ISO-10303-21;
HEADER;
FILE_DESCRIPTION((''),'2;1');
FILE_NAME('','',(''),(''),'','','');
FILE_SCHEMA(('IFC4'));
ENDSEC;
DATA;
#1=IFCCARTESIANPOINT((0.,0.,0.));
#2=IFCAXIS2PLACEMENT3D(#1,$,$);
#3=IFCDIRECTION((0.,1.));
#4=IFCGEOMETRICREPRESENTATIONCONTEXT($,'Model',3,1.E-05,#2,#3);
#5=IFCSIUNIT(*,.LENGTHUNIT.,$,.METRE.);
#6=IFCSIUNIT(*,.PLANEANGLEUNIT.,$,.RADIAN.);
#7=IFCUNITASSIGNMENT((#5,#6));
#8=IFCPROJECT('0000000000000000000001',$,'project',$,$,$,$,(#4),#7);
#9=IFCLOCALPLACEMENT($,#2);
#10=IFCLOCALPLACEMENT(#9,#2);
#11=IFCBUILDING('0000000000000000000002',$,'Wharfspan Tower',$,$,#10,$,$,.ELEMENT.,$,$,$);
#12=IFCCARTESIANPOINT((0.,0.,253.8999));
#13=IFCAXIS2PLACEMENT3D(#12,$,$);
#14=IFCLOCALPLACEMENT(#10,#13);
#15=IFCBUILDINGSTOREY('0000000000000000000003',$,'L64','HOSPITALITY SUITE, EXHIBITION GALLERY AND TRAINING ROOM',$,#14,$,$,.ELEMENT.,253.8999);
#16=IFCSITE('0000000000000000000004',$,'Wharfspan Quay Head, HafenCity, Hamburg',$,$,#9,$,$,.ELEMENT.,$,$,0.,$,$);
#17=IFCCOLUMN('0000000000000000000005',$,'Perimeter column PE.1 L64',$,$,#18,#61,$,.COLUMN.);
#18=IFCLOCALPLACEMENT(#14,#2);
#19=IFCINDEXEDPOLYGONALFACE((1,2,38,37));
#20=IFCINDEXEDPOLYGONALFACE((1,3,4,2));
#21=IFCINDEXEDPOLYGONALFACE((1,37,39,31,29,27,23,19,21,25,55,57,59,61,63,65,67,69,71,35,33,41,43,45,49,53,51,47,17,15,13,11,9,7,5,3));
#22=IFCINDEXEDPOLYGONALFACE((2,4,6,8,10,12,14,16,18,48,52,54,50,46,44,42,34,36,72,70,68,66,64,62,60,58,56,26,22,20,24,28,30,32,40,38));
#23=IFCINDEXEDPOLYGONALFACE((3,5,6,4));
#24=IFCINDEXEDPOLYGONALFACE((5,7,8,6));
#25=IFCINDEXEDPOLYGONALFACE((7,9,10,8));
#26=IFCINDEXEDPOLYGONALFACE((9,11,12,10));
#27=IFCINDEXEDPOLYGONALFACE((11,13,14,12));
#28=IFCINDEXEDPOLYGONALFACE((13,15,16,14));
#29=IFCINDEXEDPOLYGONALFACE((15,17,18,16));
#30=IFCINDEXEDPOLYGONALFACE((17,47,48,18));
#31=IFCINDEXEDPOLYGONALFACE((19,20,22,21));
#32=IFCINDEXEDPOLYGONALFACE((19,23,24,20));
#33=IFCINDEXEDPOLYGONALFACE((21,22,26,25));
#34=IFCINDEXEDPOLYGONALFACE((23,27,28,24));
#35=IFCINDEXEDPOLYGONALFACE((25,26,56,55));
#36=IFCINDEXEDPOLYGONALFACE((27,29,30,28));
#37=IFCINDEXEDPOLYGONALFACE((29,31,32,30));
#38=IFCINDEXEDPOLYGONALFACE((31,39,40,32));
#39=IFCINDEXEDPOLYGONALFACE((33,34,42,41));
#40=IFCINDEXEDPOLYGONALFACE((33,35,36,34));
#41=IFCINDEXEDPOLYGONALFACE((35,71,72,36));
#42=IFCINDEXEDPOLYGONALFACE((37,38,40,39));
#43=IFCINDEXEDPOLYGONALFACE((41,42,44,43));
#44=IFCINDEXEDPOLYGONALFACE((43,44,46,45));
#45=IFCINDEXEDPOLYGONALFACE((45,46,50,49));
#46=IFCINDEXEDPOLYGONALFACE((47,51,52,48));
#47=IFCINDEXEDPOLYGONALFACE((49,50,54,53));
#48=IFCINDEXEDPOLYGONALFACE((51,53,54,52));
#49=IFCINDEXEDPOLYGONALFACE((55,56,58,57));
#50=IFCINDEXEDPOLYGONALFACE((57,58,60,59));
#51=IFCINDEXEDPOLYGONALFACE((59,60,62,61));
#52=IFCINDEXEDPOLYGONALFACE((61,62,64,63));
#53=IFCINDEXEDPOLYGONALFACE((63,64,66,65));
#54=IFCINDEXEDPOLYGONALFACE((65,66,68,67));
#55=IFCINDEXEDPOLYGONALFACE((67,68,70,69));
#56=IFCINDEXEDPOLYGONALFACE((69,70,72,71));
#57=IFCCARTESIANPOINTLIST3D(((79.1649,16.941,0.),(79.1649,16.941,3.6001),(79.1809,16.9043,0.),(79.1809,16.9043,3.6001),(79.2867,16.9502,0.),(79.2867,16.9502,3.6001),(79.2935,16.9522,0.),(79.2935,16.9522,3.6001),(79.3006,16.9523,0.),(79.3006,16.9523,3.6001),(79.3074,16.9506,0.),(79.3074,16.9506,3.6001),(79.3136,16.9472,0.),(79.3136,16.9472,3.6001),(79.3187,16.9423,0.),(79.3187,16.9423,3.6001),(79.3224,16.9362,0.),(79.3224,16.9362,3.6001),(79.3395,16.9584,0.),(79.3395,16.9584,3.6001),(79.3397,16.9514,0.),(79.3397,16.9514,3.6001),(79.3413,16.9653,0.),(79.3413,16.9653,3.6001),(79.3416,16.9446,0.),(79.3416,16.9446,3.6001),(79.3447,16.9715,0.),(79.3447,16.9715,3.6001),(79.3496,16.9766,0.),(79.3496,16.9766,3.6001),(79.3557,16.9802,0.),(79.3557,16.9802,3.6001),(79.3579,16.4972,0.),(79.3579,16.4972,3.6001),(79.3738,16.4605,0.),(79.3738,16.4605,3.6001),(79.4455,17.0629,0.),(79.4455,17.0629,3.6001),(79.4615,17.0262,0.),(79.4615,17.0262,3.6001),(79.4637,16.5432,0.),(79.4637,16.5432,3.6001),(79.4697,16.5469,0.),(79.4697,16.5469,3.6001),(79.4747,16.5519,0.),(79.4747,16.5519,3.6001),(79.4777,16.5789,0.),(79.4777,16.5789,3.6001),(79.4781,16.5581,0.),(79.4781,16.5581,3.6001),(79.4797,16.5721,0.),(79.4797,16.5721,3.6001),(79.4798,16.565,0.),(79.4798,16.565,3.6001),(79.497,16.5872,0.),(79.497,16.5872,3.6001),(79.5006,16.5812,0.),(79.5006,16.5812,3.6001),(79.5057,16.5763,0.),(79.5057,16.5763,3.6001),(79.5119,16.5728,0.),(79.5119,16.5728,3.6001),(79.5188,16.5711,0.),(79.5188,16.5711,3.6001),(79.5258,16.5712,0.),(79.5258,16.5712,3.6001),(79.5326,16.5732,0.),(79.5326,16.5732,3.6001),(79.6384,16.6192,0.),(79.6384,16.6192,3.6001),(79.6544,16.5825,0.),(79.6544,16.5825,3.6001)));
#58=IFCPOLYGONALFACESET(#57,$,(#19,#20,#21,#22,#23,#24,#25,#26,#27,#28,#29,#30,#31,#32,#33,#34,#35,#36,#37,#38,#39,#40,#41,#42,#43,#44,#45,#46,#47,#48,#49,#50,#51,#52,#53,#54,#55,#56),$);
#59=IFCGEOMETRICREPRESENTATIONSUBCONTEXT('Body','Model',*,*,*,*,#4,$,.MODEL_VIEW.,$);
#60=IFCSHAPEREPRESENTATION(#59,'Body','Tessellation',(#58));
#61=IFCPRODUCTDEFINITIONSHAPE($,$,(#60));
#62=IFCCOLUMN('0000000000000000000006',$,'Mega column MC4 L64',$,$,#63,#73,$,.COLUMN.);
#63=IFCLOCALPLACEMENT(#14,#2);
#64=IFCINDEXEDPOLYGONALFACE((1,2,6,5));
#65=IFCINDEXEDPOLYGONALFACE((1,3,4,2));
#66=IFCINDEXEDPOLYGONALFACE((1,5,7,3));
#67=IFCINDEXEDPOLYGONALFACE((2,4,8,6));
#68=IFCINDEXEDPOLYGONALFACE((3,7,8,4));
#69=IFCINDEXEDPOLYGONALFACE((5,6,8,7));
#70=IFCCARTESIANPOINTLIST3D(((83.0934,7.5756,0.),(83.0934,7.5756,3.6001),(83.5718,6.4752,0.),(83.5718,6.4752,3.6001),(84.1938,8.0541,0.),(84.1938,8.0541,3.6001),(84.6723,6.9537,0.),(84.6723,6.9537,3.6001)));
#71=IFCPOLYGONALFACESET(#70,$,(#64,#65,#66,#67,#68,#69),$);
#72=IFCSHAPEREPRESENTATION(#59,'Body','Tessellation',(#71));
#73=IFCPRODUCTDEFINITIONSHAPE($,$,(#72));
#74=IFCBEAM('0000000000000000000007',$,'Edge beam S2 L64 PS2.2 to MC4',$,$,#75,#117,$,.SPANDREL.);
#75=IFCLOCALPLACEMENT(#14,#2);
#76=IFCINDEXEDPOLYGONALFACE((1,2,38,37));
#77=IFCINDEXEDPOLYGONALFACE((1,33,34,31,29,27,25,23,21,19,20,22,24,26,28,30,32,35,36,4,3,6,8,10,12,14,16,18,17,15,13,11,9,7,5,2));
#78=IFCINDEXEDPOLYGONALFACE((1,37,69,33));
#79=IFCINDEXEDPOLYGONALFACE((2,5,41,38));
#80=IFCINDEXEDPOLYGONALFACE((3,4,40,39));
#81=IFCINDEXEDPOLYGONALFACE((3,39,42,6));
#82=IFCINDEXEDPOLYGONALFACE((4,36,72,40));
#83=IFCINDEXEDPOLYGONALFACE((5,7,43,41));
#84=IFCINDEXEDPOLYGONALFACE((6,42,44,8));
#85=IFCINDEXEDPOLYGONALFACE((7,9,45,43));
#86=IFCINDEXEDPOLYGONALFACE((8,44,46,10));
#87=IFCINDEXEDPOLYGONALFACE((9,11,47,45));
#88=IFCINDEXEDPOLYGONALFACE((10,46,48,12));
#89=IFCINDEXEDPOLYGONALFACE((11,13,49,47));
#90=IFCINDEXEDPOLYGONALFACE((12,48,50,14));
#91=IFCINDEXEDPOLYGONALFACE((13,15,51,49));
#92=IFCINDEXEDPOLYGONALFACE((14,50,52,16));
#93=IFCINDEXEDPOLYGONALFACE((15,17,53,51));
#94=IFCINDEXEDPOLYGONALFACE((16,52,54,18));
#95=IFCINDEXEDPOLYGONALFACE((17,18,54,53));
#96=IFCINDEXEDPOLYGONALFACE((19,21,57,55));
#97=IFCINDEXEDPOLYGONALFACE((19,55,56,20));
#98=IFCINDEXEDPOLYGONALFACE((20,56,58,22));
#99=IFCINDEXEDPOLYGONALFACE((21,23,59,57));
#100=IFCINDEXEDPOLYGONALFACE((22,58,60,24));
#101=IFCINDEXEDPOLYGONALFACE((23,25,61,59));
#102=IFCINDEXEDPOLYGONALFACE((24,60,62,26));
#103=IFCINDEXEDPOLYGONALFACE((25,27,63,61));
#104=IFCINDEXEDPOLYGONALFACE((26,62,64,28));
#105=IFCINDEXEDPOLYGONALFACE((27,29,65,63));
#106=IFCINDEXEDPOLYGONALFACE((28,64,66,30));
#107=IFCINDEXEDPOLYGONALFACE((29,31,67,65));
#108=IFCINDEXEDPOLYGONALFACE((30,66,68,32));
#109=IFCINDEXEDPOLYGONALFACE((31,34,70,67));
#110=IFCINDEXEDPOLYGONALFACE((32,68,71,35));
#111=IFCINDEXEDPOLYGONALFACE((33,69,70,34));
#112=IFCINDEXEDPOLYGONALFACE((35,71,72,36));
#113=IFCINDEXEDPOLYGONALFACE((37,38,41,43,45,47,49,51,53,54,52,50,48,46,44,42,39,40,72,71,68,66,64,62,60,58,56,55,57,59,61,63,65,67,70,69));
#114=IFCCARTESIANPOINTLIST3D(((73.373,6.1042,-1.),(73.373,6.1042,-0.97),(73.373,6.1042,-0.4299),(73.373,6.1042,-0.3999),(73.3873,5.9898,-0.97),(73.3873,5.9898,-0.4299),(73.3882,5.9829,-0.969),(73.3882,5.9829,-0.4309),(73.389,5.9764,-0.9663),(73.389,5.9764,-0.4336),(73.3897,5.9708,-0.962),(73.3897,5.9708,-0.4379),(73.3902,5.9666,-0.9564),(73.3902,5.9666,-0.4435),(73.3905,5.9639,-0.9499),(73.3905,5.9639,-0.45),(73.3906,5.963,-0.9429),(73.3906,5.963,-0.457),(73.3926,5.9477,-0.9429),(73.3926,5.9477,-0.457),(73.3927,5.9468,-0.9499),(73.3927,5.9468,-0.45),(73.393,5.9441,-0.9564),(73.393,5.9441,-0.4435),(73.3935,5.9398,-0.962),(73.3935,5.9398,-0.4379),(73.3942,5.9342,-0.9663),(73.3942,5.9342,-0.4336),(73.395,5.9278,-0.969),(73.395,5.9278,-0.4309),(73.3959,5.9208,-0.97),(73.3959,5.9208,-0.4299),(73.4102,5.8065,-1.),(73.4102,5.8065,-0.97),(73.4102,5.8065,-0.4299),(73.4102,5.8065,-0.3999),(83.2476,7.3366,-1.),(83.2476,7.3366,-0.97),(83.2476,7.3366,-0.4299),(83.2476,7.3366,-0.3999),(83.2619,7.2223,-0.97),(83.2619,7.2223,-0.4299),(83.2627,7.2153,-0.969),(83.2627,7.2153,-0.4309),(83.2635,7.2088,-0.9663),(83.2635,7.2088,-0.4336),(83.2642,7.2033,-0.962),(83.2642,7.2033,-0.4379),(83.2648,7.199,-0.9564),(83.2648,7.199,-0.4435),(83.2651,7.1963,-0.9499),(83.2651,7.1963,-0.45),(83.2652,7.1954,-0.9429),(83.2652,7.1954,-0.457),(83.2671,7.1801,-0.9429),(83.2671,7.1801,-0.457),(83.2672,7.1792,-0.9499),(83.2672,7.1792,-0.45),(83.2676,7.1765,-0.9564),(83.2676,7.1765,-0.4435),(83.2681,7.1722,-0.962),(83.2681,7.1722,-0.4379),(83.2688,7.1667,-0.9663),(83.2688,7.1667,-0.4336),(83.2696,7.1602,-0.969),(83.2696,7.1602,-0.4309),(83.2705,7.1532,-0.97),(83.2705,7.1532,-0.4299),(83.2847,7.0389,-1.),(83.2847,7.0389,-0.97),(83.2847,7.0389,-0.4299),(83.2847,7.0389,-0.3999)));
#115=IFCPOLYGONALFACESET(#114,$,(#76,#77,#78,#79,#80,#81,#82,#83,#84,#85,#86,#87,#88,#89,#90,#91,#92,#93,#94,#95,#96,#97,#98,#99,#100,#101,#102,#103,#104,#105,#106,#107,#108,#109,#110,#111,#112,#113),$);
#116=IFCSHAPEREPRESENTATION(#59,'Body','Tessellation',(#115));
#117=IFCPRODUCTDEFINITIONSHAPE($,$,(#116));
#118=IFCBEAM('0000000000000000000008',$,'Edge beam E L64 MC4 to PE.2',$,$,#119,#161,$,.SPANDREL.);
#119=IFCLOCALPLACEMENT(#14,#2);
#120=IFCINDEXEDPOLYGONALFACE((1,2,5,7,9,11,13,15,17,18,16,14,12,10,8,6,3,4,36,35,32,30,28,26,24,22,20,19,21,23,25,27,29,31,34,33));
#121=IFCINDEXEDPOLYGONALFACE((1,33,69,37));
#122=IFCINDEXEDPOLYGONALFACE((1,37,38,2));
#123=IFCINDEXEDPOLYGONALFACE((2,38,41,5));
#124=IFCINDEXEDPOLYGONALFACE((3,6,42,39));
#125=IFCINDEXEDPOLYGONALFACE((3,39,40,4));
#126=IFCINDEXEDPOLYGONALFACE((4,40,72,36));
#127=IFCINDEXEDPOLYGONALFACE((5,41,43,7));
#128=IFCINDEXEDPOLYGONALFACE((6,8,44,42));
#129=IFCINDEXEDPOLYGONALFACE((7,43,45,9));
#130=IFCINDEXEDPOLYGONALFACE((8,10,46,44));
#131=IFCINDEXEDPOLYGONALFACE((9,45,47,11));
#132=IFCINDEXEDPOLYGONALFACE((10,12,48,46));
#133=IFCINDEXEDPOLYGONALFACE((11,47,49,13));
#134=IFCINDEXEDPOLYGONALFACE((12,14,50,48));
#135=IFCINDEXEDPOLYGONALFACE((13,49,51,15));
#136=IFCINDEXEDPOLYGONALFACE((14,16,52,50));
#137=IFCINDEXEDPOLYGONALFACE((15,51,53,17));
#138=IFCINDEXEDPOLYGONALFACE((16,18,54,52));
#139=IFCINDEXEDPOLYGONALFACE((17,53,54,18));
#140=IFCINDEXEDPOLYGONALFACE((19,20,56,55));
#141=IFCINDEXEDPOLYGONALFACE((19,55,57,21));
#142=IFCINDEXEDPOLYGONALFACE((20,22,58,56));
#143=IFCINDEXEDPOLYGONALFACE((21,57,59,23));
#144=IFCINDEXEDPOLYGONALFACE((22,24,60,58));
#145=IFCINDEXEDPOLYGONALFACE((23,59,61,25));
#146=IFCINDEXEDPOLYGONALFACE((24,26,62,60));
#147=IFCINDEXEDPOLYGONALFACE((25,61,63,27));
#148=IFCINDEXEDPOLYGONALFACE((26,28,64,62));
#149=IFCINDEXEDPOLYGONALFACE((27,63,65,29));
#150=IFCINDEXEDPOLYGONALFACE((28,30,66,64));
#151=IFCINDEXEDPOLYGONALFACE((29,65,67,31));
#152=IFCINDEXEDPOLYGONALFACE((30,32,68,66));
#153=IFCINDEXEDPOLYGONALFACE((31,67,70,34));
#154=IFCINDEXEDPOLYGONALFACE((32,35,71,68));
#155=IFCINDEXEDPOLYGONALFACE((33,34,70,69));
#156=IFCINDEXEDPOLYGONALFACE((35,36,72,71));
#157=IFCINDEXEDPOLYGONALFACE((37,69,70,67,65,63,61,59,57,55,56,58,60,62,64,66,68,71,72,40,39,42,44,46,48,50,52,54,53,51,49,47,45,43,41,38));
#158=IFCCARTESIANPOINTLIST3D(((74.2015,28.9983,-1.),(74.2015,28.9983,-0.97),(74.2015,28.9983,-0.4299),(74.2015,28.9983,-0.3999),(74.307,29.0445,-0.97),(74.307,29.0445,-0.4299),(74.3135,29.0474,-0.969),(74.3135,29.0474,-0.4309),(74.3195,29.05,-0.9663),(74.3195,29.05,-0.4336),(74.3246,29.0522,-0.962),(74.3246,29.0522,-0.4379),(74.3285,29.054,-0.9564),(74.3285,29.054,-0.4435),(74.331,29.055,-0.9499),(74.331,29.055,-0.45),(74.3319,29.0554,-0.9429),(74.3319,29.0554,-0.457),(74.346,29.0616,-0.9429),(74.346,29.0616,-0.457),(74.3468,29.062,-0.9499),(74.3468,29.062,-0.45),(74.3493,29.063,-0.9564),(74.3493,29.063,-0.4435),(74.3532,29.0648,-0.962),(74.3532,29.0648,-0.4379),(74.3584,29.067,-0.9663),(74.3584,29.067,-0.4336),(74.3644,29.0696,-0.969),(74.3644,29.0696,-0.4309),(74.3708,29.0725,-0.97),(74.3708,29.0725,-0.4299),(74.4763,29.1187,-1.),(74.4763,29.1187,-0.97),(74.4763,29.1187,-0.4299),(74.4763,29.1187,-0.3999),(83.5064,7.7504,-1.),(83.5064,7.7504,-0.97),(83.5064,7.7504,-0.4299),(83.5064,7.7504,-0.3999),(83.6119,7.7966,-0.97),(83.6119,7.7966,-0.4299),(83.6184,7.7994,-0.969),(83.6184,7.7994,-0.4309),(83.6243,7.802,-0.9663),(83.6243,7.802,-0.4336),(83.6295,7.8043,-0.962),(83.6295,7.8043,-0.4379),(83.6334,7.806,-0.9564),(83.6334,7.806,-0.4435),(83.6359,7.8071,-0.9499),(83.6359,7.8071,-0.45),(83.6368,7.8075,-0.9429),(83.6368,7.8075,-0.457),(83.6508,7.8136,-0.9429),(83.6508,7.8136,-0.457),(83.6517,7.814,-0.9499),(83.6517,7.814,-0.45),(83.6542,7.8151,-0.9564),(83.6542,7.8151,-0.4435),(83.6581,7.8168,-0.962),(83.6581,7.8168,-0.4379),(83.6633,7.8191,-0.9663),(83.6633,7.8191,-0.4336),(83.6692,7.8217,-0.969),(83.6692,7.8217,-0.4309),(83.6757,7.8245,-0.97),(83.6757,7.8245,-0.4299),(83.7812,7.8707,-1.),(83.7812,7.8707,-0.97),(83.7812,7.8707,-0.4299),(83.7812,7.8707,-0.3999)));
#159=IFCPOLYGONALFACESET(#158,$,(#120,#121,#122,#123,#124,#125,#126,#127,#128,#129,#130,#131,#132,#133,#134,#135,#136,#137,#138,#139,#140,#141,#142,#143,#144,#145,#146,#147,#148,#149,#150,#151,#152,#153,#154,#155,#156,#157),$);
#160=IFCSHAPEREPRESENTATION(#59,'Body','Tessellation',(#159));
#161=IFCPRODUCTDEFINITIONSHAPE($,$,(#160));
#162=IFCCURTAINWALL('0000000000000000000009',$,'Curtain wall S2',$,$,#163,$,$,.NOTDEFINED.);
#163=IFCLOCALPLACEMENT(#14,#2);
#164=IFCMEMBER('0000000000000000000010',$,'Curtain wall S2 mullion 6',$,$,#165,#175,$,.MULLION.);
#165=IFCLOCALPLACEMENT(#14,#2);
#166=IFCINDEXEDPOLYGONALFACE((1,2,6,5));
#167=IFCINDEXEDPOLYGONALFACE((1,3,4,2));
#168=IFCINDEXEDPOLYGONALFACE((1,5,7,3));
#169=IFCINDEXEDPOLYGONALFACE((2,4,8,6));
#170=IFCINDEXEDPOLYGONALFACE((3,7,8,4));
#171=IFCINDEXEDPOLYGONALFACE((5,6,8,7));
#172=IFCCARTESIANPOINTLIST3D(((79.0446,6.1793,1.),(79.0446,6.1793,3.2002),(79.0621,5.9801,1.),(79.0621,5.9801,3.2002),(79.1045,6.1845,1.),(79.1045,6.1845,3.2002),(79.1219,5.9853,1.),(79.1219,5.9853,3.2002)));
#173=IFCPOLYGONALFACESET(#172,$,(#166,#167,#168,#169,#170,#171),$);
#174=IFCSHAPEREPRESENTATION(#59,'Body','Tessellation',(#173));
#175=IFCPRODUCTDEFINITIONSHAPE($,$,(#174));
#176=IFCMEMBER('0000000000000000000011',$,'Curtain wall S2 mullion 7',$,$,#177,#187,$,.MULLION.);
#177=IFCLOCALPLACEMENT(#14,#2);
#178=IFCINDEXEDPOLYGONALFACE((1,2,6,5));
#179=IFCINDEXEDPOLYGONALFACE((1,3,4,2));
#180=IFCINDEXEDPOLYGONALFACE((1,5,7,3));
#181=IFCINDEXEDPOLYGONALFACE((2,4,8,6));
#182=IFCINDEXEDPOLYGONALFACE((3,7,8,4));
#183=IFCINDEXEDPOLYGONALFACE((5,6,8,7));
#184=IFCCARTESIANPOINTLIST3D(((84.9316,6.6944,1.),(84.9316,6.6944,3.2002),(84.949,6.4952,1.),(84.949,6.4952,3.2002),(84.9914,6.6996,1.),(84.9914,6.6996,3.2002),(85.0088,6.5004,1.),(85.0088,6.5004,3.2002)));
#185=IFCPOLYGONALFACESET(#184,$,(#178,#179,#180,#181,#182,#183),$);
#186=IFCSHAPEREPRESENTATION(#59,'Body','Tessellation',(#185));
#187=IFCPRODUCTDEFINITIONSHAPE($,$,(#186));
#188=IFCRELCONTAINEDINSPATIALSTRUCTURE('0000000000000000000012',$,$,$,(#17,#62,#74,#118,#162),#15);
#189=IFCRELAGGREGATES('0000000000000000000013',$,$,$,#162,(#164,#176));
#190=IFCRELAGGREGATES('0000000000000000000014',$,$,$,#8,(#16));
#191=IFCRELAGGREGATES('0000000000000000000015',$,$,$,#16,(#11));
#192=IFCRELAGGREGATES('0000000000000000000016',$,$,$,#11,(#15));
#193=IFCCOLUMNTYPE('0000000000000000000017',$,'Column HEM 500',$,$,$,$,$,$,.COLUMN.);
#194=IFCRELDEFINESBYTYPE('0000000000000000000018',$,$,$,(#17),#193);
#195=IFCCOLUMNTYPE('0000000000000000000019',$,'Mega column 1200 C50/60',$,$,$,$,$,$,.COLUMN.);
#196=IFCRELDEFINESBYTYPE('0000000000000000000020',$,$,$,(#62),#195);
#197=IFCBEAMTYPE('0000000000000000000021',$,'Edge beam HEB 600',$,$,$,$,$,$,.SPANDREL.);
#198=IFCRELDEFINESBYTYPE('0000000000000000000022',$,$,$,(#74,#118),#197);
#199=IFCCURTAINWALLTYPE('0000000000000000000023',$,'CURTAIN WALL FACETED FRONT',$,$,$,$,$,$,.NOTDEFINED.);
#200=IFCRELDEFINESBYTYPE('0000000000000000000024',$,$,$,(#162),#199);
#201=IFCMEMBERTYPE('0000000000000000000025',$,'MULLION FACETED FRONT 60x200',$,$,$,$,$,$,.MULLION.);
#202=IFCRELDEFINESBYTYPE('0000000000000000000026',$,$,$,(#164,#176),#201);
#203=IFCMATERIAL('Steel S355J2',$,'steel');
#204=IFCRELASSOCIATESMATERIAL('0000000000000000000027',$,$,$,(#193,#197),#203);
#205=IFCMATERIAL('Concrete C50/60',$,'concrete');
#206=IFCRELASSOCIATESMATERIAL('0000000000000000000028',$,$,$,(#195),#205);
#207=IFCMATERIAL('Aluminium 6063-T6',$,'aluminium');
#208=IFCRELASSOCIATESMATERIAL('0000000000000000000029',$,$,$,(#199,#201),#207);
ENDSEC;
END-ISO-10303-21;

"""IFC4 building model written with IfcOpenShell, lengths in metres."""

from ifc_helpers import new_model, si_unit, direction, frame, origin, origin_2d, place, context, subcontext, project, spatial, rectangle, i_section, extrude, material, material_profile, profile_set, type_object, element, aggregate, save


model = new_model("IFC4")

# Units and contexts
model_context = context("Model", 3, precision=1e-05, world=origin(), true_north=direction((0.0, 1.0)))
body_context = subcontext(model_context, "Body", "Model", "MODEL_VIEW")
ifc_project = project(units=[si_unit("LENGTHUNIT", "METRE"), si_unit("PLANEANGLEUNIT", "RADIAN")], contexts=[model_context])

# Site, building, storey
site_placement = place(None, origin())
site = spatial("IfcSite", under=ifc_project, at=site_placement, Name="Wharfspan Quay Head, HafenCity, Hamburg", CompositionType="ELEMENT", RefElevation=0.0)
building_placement = place(site_placement, origin())
building = spatial("IfcBuilding", under=site, at=building_placement, Name="Wharfspan Tower", CompositionType="ELEMENT")
storey_placement = place(building_placement, frame((0.0, 0.0, 253.8999)))
storey = spatial("IfcBuildingStorey", under=building, at=storey_placement, Name="L64", Description="HOSPITALITY SUITE, EXHIBITION GALLERY AND TRAINING ROOM", CompositionType="ELEMENT", Elevation=253.8999)

# Columns
ifc_material_1 = material(Name="Steel S355J2", Category="steel")
ifc_material_profile_1 = material_profile(ifc_material_1, i_section(OverallWidth=0.3059, OverallDepth=0.5239, WebThickness=0.021, FlangeThickness=0.04, FilletRadius=0.0271, at=origin_2d()))
ifc_profile_set_1 = profile_set([ifc_material_profile_1], Name="Steel S355J2")
column_type_1 = type_object("IfcColumnType", Name="Column HEM 500", PredefinedType="COLUMN", material=ifc_profile_set_1)
column_1_placement = place(storey_placement, frame((79.4097, 16.7617, 0.0), z_axis=(0.0, 0.0, 1.0), x_axis=(0.917072, 0.398727, 0.0)))
element("IfcColumn", 1, at=column_1_placement, inside=storey, type_object=column_type_1, Name="Perimeter column PE.1 L64", PredefinedType="COLUMN", context=body_context, shape_type="SweptSolid", body=[
    extrude(i_section(OverallWidth=0.3059, OverallDepth=0.5239, WebThickness=0.021, FlangeThickness=0.04, FilletRadius=0.0271, at=origin_2d()), origin(), (0.0, 0.0, 1.0), 3.6001),
])
ifc_material_2 = material(Name="Concrete C50/60", Category="concrete")
ifc_material_profile_2 = material_profile(ifc_material_2, rectangle(XDim=1.2, YDim=1.2, at=origin_2d()))
ifc_profile_set_2 = profile_set([ifc_material_profile_2], Name="Concrete C50/60")
column_type_2 = type_object("IfcColumnType", Name="Mega column 1200 C50/60", PredefinedType="COLUMN", material=ifc_profile_set_2)
column_2_placement = place(storey_placement, frame((83.8828, 7.2646, 0.0), z_axis=(0.0, 0.0, 1.0), x_axis=(-0.398727, 0.917072, 0.0)))
element("IfcColumn", 2, at=column_2_placement, inside=storey, type_object=column_type_2, Name="Mega column MC4 L64", PredefinedType="COLUMN", context=body_context, shape_type="SweptSolid", body=[
    extrude(rectangle(XDim=1.2, YDim=1.2, at=origin_2d()), origin(), (0.0, 0.0, 1.0), 3.6001),
])

# Beams
ifc_material_profile_3 = material_profile(ifc_material_1, i_section(OverallWidth=0.3, OverallDepth=0.6001, WebThickness=0.0154, FlangeThickness=0.03, FilletRadius=0.0271, at=origin_2d()))
ifc_profile_set_3 = profile_set([ifc_material_profile_3], Name="Steel S355J2")
beam_type = type_object("IfcBeamType", Name="Edge beam HEB 600", PredefinedType="SPANDREL", material=ifc_profile_set_3)
beam_1_placement = place(storey_placement, frame((73.3916, 5.9553, -0.7), z_axis=(0.992301, 0.123848, 0.0), x_axis=(-0.123848, 0.992301, 0.0)))
element("IfcBeam", 3, at=beam_1_placement, inside=storey, type_object=beam_type, Name="Edge beam S2 L64 PS2.2 to MC4", PredefinedType="SPANDREL", context=body_context, shape_type="SweptSolid", body=[
    extrude(i_section(OverallWidth=0.3, OverallDepth=0.6001, WebThickness=0.0154, FlangeThickness=0.03, FilletRadius=0.0271, at=origin_2d()), origin(), (0.0, 0.0, 1.0), 9.9512),
])
beam_2_placement = place(storey_placement, frame((83.6438, 7.8105, -0.7), z_axis=(-0.401141, 0.916016, 0.0), x_axis=(-0.916016, -0.401141, 0.0)))
element("IfcBeam", 4, at=beam_2_placement, inside=storey, type_object=beam_type, Name="Edge beam E L64 MC4 to PE.2", PredefinedType="SPANDREL", context=body_context, shape_type="SweptSolid", body=[
    extrude(i_section(OverallWidth=0.3, OverallDepth=0.6001, WebThickness=0.0154, FlangeThickness=0.03, FilletRadius=0.0271, at=origin_2d()), origin(), (0.0, 0.0, 1.0), 23.196),
])

# Curtain wall, members
ifc_material_3 = material(Name="Aluminium 6063-T6", Category="aluminium")
curtain_wall_type_1 = type_object("IfcCurtainWallType", Name="CURTAIN WALL FACETED FRONT", PredefinedType="NOTDEFINED", material=ifc_material_3)
curtain_wall_1_placement = place(storey_placement, origin())
curtain_wall_1 = element("IfcCurtainWall", 5, at=curtain_wall_1_placement, inside=storey, type_object=curtain_wall_type_1, Name="Curtain wall S2", PredefinedType="NOTDEFINED")
ifc_material_profile_4 = material_profile(ifc_material_3, rectangle(XDim=0.2, YDim=0.0601, at=origin_2d()))
ifc_profile_set_4 = profile_set([ifc_material_profile_4], Name="Aluminium 6063-T6")
member_type_1 = type_object("IfcMemberType", Name="MULLION FACETED FRONT 60x200", PredefinedType="MULLION", material=ifc_profile_set_4)
member_1_placement = place(storey_placement, frame((79.0833, 6.0823, 1.0), z_axis=(0.0, 0.0, 1.0), x_axis=(-0.087156, 0.996197, 0.0)))
member_1 = element("IfcMember", 6, at=member_1_placement, type_object=member_type_1, Name="Curtain wall S2 mullion 6", PredefinedType="MULLION", context=body_context, shape_type="SweptSolid", body=[
    extrude(rectangle(XDim=0.2, YDim=0.0601, at=origin_2d()), origin(), (0.0, 0.0, 1.0), 2.2002),
])
member_2_placement = place(storey_placement, frame((84.9702, 6.5974, 1.0), z_axis=(0.0, 0.0, 1.0), x_axis=(-0.087156, 0.996197, 0.0)))
member_2 = element("IfcMember", 7, at=member_2_placement, type_object=member_type_1, Name="Curtain wall S2 mullion 7", PredefinedType="MULLION", context=body_context, shape_type="SweptSolid", body=[
    extrude(rectangle(XDim=0.2, YDim=0.0601, at=origin_2d()), origin(), (0.0, 0.0, 1.0), 2.2002),
])

aggregate(curtain_wall_1, [member_1, member_2])

save(model, "model.ifc")
